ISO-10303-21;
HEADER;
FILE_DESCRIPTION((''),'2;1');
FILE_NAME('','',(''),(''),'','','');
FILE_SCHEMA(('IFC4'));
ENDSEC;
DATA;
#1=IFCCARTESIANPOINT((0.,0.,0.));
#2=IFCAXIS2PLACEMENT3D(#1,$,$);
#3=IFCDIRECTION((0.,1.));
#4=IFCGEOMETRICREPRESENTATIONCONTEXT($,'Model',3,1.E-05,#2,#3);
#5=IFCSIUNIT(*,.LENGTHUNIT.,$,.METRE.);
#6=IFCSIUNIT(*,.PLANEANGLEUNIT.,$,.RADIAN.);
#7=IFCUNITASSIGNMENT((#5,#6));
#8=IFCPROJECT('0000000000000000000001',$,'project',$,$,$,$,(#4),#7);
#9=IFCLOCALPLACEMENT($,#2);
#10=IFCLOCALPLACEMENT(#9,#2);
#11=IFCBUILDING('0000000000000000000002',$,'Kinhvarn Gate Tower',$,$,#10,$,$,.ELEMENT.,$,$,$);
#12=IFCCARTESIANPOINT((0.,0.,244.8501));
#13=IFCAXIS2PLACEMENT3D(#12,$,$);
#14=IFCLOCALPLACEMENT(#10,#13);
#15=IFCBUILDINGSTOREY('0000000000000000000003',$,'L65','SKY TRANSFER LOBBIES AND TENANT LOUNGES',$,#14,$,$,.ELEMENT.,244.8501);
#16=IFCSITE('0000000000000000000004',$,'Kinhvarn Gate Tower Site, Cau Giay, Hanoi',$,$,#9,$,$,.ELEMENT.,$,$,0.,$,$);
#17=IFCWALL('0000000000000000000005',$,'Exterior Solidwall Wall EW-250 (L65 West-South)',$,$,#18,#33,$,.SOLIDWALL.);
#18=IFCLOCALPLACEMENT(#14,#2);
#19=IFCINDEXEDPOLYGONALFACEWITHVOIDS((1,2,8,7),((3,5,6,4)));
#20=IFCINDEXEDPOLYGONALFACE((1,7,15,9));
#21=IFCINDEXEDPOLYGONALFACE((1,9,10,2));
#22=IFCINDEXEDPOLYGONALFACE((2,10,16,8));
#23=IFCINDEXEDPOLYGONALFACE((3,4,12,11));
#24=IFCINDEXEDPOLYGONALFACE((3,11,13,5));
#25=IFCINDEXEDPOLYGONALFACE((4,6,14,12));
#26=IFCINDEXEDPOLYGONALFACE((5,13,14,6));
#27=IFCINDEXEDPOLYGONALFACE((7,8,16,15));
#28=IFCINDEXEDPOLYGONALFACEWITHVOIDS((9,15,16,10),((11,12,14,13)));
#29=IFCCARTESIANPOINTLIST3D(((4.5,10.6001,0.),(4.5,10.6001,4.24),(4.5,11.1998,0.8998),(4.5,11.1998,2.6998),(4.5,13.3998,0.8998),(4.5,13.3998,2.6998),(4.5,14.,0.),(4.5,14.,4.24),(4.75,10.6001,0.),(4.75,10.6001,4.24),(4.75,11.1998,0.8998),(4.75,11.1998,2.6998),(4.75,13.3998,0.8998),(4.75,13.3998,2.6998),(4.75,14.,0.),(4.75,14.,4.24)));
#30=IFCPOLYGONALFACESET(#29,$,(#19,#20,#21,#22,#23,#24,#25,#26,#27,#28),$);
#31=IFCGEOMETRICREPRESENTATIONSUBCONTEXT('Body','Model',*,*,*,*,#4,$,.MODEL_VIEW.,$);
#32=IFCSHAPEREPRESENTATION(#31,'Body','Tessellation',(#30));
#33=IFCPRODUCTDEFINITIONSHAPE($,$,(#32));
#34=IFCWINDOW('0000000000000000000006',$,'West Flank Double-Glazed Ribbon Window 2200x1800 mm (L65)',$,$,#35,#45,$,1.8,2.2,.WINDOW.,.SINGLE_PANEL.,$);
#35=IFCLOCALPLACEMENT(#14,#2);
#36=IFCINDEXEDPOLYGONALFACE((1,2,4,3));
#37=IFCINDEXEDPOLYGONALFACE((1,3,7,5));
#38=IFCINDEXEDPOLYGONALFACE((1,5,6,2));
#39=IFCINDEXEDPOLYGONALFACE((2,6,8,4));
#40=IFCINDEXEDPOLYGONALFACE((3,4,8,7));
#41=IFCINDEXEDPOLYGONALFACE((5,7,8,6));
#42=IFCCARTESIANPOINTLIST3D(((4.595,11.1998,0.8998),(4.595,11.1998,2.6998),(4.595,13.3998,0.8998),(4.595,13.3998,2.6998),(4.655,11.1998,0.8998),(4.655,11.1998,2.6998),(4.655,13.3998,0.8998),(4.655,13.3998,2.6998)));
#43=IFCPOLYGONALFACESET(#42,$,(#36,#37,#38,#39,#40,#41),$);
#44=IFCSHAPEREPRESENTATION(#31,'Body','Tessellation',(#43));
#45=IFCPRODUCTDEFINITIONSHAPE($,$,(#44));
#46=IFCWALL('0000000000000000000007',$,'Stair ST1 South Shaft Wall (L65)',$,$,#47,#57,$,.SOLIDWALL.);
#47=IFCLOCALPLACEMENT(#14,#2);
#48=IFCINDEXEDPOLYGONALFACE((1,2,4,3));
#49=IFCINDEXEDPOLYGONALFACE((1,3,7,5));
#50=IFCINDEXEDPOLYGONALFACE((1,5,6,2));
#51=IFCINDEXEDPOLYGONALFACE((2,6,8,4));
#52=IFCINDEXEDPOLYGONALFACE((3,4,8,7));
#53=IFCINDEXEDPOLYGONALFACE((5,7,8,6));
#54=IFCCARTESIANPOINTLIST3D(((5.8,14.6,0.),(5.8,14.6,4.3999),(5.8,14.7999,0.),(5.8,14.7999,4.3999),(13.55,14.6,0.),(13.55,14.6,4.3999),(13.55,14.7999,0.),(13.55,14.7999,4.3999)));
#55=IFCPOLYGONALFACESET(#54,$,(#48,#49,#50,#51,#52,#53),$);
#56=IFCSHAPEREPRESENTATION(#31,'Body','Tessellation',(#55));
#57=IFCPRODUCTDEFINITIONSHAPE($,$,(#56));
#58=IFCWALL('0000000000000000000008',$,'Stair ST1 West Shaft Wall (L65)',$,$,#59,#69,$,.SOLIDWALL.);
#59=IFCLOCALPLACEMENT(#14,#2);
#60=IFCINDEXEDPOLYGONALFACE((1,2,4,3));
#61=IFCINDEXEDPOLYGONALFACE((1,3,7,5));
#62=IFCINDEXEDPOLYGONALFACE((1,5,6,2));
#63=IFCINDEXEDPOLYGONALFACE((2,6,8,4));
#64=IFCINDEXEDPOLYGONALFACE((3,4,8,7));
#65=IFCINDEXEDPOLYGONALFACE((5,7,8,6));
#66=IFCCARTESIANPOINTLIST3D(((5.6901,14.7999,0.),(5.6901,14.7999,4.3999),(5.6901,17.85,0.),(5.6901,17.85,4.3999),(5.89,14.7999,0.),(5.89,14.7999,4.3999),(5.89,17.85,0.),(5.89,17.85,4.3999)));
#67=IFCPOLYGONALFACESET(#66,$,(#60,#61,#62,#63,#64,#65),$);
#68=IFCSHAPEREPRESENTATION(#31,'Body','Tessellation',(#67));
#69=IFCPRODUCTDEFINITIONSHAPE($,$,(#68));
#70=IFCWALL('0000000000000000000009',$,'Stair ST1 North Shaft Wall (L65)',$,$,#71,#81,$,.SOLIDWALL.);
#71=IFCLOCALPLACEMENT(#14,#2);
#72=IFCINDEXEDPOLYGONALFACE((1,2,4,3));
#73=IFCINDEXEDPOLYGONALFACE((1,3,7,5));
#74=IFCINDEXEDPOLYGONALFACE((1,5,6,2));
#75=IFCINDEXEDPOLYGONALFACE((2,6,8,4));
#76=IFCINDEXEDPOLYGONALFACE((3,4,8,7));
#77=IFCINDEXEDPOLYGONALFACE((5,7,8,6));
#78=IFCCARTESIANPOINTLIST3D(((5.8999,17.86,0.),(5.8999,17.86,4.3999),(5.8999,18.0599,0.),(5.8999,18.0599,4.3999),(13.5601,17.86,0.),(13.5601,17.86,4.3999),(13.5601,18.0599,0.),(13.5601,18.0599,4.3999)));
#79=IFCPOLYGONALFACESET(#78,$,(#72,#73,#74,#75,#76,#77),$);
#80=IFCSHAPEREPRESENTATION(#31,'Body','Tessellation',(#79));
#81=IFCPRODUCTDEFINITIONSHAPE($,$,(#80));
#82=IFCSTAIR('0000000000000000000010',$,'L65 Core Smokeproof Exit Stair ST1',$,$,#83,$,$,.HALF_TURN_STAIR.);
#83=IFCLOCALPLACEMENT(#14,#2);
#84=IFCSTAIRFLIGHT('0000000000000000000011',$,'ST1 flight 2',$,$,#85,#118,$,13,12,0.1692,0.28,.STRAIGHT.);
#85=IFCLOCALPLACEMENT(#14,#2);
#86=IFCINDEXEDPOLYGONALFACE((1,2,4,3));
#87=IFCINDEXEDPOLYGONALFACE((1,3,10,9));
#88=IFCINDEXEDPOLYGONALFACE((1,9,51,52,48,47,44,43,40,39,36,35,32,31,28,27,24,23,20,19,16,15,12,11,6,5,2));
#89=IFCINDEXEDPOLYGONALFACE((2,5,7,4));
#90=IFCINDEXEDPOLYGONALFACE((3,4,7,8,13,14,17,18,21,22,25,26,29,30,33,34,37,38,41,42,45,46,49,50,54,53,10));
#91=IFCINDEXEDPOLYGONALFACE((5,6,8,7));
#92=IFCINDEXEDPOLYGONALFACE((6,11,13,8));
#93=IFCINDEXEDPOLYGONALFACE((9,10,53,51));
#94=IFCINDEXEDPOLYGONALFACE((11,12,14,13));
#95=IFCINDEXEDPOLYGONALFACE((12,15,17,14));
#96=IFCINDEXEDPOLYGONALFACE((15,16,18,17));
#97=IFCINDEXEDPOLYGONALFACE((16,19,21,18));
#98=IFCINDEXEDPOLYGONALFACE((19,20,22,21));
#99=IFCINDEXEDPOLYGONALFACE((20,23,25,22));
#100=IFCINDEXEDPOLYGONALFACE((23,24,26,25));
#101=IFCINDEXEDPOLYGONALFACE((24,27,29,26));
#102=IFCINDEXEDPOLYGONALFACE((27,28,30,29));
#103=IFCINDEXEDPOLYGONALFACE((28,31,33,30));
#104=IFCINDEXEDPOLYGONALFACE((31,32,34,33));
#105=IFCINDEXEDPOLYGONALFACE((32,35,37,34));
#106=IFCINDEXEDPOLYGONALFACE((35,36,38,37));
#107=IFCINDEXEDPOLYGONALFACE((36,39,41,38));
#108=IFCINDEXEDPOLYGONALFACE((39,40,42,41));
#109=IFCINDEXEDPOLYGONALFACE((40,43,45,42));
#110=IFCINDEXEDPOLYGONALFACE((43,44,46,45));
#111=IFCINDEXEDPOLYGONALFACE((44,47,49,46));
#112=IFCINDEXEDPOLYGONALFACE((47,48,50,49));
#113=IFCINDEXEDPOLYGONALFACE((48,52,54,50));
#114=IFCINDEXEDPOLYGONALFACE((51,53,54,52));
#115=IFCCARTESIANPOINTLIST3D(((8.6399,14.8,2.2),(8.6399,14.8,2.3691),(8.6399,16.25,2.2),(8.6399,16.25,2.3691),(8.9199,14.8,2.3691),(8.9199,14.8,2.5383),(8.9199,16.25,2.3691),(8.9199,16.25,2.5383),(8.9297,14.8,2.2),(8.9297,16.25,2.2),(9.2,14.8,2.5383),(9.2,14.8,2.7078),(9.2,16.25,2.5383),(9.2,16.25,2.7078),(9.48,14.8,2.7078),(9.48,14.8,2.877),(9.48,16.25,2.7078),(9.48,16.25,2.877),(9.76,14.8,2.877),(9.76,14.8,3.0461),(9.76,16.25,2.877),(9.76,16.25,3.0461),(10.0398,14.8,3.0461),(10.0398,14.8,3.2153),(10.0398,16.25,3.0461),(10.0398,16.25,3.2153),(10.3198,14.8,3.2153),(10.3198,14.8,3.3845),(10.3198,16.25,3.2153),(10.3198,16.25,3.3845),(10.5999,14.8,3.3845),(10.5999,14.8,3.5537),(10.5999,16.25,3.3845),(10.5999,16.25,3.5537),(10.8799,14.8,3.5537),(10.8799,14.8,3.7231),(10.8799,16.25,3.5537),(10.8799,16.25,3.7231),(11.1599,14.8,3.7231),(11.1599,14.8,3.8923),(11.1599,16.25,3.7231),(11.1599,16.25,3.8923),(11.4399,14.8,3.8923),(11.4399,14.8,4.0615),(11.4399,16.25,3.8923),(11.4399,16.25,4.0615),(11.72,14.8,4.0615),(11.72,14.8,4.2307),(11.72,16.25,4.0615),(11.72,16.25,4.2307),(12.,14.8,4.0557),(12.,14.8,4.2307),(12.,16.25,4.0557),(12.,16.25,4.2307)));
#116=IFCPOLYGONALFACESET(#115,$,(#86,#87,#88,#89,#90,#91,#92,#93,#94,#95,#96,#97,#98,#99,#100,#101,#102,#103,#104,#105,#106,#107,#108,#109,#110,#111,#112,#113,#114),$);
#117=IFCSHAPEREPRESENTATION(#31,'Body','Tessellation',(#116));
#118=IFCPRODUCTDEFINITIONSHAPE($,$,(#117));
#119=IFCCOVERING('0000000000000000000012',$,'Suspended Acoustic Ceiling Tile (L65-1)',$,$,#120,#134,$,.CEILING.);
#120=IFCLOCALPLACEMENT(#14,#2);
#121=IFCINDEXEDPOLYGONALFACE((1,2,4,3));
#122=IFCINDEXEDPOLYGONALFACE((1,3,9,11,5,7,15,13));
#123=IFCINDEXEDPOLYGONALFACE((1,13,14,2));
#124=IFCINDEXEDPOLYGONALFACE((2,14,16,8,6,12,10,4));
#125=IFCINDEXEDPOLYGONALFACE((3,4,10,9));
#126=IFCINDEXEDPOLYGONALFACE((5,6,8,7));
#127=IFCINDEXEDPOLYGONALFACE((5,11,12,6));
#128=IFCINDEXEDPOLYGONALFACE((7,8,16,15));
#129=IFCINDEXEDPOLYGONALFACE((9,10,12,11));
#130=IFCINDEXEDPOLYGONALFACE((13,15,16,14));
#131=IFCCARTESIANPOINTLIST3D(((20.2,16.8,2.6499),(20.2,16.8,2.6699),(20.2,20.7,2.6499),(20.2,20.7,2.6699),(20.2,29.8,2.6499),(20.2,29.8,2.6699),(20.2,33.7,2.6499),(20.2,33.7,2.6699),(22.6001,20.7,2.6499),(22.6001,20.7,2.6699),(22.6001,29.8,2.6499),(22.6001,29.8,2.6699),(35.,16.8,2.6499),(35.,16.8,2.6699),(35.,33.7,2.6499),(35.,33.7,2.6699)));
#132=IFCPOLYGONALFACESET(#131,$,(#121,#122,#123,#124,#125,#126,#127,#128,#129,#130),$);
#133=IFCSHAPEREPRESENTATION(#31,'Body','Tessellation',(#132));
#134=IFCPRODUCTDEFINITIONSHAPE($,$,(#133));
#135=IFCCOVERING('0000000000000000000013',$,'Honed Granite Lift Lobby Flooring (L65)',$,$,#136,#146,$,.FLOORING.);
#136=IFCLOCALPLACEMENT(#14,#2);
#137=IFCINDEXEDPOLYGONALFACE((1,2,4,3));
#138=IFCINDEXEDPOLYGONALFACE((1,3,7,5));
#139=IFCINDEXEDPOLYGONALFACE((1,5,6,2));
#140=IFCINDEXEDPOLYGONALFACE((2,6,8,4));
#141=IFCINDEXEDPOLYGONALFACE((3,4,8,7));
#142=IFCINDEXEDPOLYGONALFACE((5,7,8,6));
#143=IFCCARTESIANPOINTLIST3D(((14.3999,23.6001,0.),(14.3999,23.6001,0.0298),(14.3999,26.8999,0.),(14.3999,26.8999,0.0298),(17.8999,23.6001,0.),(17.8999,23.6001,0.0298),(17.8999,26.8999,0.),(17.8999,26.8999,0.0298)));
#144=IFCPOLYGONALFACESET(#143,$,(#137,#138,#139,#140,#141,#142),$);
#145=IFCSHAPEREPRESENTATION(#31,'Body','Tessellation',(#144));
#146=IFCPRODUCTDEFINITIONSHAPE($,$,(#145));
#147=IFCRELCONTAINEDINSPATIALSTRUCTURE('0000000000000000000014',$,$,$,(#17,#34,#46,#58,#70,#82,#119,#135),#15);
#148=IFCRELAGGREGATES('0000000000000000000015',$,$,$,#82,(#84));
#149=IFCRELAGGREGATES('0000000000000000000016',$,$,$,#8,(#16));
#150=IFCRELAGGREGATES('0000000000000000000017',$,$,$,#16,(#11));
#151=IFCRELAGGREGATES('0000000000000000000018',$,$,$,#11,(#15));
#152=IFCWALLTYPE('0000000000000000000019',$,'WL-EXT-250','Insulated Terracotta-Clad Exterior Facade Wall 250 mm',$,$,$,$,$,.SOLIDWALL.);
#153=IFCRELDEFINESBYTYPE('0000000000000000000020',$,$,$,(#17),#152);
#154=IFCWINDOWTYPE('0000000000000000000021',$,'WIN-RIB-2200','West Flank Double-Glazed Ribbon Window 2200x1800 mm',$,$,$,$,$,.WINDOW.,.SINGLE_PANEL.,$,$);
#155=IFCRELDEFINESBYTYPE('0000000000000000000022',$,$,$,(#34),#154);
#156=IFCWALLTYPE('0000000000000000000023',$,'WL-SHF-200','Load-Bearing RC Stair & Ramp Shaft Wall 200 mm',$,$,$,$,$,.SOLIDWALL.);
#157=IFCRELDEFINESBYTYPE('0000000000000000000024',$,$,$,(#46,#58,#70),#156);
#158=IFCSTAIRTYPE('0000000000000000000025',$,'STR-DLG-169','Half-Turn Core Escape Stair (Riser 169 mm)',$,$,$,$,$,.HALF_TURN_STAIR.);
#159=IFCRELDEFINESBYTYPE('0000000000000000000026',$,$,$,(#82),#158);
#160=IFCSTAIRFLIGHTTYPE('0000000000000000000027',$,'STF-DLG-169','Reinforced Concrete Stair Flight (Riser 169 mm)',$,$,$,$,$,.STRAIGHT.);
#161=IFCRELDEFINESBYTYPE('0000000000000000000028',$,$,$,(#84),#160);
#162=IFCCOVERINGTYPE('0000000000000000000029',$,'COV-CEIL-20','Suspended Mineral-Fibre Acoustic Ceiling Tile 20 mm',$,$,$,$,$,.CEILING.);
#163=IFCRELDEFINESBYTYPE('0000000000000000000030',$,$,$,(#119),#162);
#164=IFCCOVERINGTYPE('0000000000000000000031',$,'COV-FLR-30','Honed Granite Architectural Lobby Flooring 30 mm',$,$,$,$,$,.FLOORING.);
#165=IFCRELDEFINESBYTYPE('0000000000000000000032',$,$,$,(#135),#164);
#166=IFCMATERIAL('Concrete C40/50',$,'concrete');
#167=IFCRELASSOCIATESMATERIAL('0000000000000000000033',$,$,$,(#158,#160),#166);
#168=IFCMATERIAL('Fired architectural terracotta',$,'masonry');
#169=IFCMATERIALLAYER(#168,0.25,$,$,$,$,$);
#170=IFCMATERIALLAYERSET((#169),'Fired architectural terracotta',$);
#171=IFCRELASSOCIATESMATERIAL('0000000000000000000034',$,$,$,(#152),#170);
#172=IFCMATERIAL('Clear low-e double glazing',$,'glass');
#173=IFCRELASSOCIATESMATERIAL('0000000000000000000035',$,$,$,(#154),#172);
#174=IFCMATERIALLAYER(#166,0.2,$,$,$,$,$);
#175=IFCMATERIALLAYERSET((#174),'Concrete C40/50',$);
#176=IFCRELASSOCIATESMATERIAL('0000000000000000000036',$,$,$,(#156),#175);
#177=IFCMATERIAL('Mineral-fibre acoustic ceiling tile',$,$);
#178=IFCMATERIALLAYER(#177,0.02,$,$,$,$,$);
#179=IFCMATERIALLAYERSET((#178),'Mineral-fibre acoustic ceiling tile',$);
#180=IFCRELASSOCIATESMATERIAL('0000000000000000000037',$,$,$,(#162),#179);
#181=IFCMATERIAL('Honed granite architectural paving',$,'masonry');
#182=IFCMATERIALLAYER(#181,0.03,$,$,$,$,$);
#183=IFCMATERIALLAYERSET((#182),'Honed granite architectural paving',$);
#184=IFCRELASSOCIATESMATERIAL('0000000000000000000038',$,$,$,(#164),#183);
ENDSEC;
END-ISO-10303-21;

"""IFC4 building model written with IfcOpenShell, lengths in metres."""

from ifc_helpers import new_model, si_unit, direction, frame, frame_2d, origin, place, context, subcontext, project, spatial, polyline, rectangle, outline, extrude, material, layer, layer_set, type_object, element, fill, aggregate, save


model = new_model("IFC4")

# Units and contexts
model_context = context("Model", 3, precision=1e-05, world=origin(), true_north=direction((0.0, 1.0)))
body_context = subcontext(model_context, "Body", "Model", "MODEL_VIEW")
ifc_project = project(units=[si_unit("LENGTHUNIT", "METRE"), si_unit("PLANEANGLEUNIT", "RADIAN")], contexts=[model_context])

# Site, building, storey
site_placement = place(None, origin())
site = spatial("IfcSite", under=ifc_project, at=site_placement, Name="Kinhvarn Gate Tower Site, Cau Giay, Hanoi", CompositionType="ELEMENT", RefElevation=0.0)
building_placement = place(site_placement, origin())
building = spatial("IfcBuilding", under=site, at=building_placement, Name="Kinhvarn Gate Tower", CompositionType="ELEMENT")
storey_placement = place(building_placement, frame((0.0, 0.0, 244.8501)))
storey = spatial("IfcBuildingStorey", under=building, at=storey_placement, Name="L65", Description="SKY TRANSFER LOBBIES AND TENANT LOUNGES", CompositionType="ELEMENT", Elevation=244.8501)

# Shared definitions
ifc_material_1 = material(Name="Clear low-e double glazing", Category="glass")

# Shared definitions
ifc_material_2 = material(Name="Concrete C40/50", Category="concrete")
stair_type = type_object("IfcStairType", Name="STR-DLG-169", Description="Half-Turn Core Escape Stair (Riser 169 mm)", PredefinedType="HALF_TURN_STAIR", material=ifc_material_2)

# Wall, opening, window
ifc_material_3 = material(Name="Fired architectural terracotta", Category="masonry")
ifc_layer_1 = layer(ifc_material_3, 0.25)
ifc_layer_set_1 = layer_set([ifc_layer_1], Name="Fired architectural terracotta")
wall_type_1 = type_object("IfcWallType", Name="WL-EXT-250", Description="Insulated Terracotta-Clad Exterior Facade Wall 250 mm", PredefinedType="SOLIDWALL", material=ifc_layer_set_1)
wall_1_placement = place(storey_placement, frame((4.625, 14.0, 0.0), z_axis=(0.0, 0.0, 1.0), x_axis=(0.0, -1.0, 0.0)))
wall_1 = element("IfcWall", 1, at=wall_1_placement, inside=storey, type_object=wall_type_1, Name="Exterior Solidwall Wall EW-250 (L65 West-South)", PredefinedType="SOLIDWALL", context=body_context, shape_type="SweptSolid", body=[
    extrude(rectangle(XDim=3.3999, YDim=0.25, at=frame_2d((1.7, 0.0))), origin(), (0.0, 0.0, 1.0), 4.24),
])
opening_placement = place(wall_1_placement, frame((0.6001, 0.0, 0.8999)))
opening = element("IfcOpeningElement", 2, at=opening_placement, cuts=wall_1, PredefinedType="OPENING", context=body_context, shape_type="SweptSolid", body=[
    extrude(rectangle(XDim=2.2, YDim=1.8, at=frame_2d((1.1001, 0.8999))), frame((0.0, 0.135, 0.0), z_axis=(0.0, -1.0, 0.0), x_axis=(1.0, 0.0, 0.0)), (0.0, 0.0, 1.0), 0.27),
])
window_type = type_object("IfcWindowType", Name="WIN-RIB-2200", Description="West Flank Double-Glazed Ribbon Window 2200x1800 mm", PartitioningType="SINGLE_PANEL", PredefinedType="WINDOW", material=ifc_material_1)
window_placement = place(opening_placement, origin())
window = element("IfcWindow", 3, at=window_placement, inside=storey, type_object=window_type, Name="West Flank Double-Glazed Ribbon Window 2200x1800 mm (L65)", OverallHeight=1.8, OverallWidth=2.2, PartitioningType="SINGLE_PANEL", PredefinedType="WINDOW", context=body_context, shape_type="SweptSolid", body=[
    extrude(rectangle(XDim=2.2, YDim=1.8, at=frame_2d((1.1001, 0.8999))), frame((0.0, 0.03, 0.0), z_axis=(0.0, -1.0, 0.0), x_axis=(1.0, 0.0, 0.0)), (0.0, 0.0, 1.0), 0.0601),
])
fill(opening, window)

# Walls
ifc_layer_2 = layer(ifc_material_2, 0.2)
ifc_layer_set_2 = layer_set([ifc_layer_2], Name="Concrete C40/50")
wall_type_2 = type_object("IfcWallType", Name="WL-SHF-200", Description="Load-Bearing RC Stair & Ramp Shaft Wall 200 mm", PredefinedType="SOLIDWALL", material=ifc_layer_set_2)
wall_2_placement = place(storey_placement, frame((5.8, 14.7, 0.0), z_axis=(0.0, 0.0, 1.0), x_axis=(1.0, 0.0, 0.0)))
element("IfcWall", 4, at=wall_2_placement, inside=storey, type_object=wall_type_2, Name="Stair ST1 South Shaft Wall (L65)", PredefinedType="SOLIDWALL", context=body_context, shape_type="SweptSolid", body=[
    extrude(rectangle(XDim=7.75, YDim=0.2, at=frame_2d((3.875, 0.0))), origin(), (0.0, 0.0, 1.0), 4.3999),
])
wall_3_placement = place(storey_placement, frame((5.79, 14.8, 0.0), z_axis=(0.0, 0.0, 1.0), x_axis=(0.0, 1.0, 0.0)))
element("IfcWall", 5, at=wall_3_placement, inside=storey, type_object=wall_type_2, Name="Stair ST1 West Shaft Wall (L65)", PredefinedType="SOLIDWALL", context=body_context, shape_type="SweptSolid", body=[
    extrude(rectangle(XDim=3.05, YDim=0.2, at=frame_2d((1.5249, 0.0))), origin(), (0.0, 0.0, 1.0), 4.3999),
])
wall_4_placement = place(storey_placement, frame((5.8999, 17.96, 0.0), z_axis=(0.0, 0.0, 1.0), x_axis=(1.0, 0.0, 0.0)))
element("IfcWall", 6, at=wall_4_placement, inside=storey, type_object=wall_type_2, Name="Stair ST1 North Shaft Wall (L65)", PredefinedType="SOLIDWALL", context=body_context, shape_type="SweptSolid", body=[
    extrude(rectangle(XDim=7.6602, YDim=0.2, at=frame_2d((3.8301, 0.0))), origin(), (0.0, 0.0, 1.0), 4.3999),
])

# Stair, stair flight
stair_1_placement = place(storey_placement, origin())
stair_1 = element("IfcStair", 7, at=stair_1_placement, inside=storey, type_object=stair_type, Name="L65 Core Smokeproof Exit Stair ST1", PredefinedType="HALF_TURN_STAIR")
stair_flight_type = type_object("IfcStairFlightType", Name="STF-DLG-169", Description="Reinforced Concrete Stair Flight (Riser 169 mm)", PredefinedType="STRAIGHT", material=ifc_material_2)
stair_flight_placement = place(storey_placement, frame((8.6399, 15.5249, 2.2), z_axis=(0.0, 0.0, 1.0), x_axis=(1.0, 0.0, 0.0)))
stair_flight = element("IfcStairFlight", 8, at=stair_flight_placement, type_object=stair_flight_type, Name="ST1 flight 2", NumberOfRisers=13, NumberOfTreads=12, PredefinedType="STRAIGHT", RiserHeight=0.1692, TreadLength=0.28, context=body_context, shape_type="SweptSolid", body=[
    extrude(outline(polyline([(0.0, 0.0), (0.0, 0.1692), (0.28, 0.1692), (0.28, 0.3384), (0.5601, 0.3384), (0.5601, 0.5078), (0.8401, 0.5078), (0.8401, 0.677), (1.1201, 0.677), (1.1201, 0.8462), (1.3999, 0.8462), (1.3999, 1.0154), (1.6799, 1.0154), (1.6799, 1.1846), (1.96, 1.1846), (1.96, 1.3538), (2.24, 1.3538), (2.24, 1.5232), (2.52, 1.5232), (2.52, 1.6924), (2.8, 1.6924), (2.8, 1.8616), (3.0801, 1.8616), (3.0801, 2.0308), (3.3601, 2.0308), (3.3601, 2.2), (3.3601, 1.8557), (0.2898, 0.0), (0.0, 0.0)])), frame((0.0, 0.7251, 0.0), z_axis=(0.0, -1.0, 0.0), x_axis=(1.0, 0.0, 0.0)), (0.0, 0.0, 1.0), 1.45),
])
aggregate(stair_1, [stair_flight])

# Coverings
ifc_material_4 = material(Name="Mineral-fibre acoustic ceiling tile")
ifc_layer_3 = layer(ifc_material_4, 0.02)
ifc_layer_set_3 = layer_set([ifc_layer_3], Name="Mineral-fibre acoustic ceiling tile")
covering_type_1 = type_object("IfcCoveringType", Name="COV-CEIL-20", Description="Suspended Mineral-Fibre Acoustic Ceiling Tile 20 mm", PredefinedType="CEILING", material=ifc_layer_set_3)
covering_1_placement = place(storey_placement, frame((0.0, 0.0, 2.6499)))
element("IfcCovering", 9, at=covering_1_placement, inside=storey, type_object=covering_type_1, Name="Suspended Acoustic Ceiling Tile (L65-1)", PredefinedType="CEILING", context=body_context, shape_type="SweptSolid", body=[
    extrude(outline(polyline([(35.0, 33.7), (35.0, 16.8), (20.2, 16.8), (20.2, 20.7), (22.6001, 20.7), (22.6001, 29.8), (20.2, 29.8), (20.2, 33.7), (35.0, 33.7)])), origin(), (0.0, 0.0, 1.0), 0.02),
])
ifc_material_5 = material(Name="Honed granite architectural paving", Category="masonry")
ifc_layer_4 = layer(ifc_material_5, 0.03)
ifc_layer_set_4 = layer_set([ifc_layer_4], Name="Honed granite architectural paving")
covering_type_2 = type_object("IfcCoveringType", Name="COV-FLR-30", Description="Honed Granite Architectural Lobby Flooring 30 mm", PredefinedType="FLOORING", material=ifc_layer_set_4)
covering_2_placement = place(storey_placement, origin())
element("IfcCovering", 10, at=covering_2_placement, inside=storey, type_object=covering_type_2, Name="Honed Granite Lift Lobby Flooring (L65)", PredefinedType="FLOORING", context=body_context, shape_type="SweptSolid", body=[
    extrude(outline(polyline([(14.3999, 23.6001), (14.3999, 26.8999), (17.8999, 26.8999), (17.8999, 23.6001), (14.3999, 23.6001)])), origin(), (0.0, 0.0, 1.0), 0.0298),
])

save(model, "model.ifc")
